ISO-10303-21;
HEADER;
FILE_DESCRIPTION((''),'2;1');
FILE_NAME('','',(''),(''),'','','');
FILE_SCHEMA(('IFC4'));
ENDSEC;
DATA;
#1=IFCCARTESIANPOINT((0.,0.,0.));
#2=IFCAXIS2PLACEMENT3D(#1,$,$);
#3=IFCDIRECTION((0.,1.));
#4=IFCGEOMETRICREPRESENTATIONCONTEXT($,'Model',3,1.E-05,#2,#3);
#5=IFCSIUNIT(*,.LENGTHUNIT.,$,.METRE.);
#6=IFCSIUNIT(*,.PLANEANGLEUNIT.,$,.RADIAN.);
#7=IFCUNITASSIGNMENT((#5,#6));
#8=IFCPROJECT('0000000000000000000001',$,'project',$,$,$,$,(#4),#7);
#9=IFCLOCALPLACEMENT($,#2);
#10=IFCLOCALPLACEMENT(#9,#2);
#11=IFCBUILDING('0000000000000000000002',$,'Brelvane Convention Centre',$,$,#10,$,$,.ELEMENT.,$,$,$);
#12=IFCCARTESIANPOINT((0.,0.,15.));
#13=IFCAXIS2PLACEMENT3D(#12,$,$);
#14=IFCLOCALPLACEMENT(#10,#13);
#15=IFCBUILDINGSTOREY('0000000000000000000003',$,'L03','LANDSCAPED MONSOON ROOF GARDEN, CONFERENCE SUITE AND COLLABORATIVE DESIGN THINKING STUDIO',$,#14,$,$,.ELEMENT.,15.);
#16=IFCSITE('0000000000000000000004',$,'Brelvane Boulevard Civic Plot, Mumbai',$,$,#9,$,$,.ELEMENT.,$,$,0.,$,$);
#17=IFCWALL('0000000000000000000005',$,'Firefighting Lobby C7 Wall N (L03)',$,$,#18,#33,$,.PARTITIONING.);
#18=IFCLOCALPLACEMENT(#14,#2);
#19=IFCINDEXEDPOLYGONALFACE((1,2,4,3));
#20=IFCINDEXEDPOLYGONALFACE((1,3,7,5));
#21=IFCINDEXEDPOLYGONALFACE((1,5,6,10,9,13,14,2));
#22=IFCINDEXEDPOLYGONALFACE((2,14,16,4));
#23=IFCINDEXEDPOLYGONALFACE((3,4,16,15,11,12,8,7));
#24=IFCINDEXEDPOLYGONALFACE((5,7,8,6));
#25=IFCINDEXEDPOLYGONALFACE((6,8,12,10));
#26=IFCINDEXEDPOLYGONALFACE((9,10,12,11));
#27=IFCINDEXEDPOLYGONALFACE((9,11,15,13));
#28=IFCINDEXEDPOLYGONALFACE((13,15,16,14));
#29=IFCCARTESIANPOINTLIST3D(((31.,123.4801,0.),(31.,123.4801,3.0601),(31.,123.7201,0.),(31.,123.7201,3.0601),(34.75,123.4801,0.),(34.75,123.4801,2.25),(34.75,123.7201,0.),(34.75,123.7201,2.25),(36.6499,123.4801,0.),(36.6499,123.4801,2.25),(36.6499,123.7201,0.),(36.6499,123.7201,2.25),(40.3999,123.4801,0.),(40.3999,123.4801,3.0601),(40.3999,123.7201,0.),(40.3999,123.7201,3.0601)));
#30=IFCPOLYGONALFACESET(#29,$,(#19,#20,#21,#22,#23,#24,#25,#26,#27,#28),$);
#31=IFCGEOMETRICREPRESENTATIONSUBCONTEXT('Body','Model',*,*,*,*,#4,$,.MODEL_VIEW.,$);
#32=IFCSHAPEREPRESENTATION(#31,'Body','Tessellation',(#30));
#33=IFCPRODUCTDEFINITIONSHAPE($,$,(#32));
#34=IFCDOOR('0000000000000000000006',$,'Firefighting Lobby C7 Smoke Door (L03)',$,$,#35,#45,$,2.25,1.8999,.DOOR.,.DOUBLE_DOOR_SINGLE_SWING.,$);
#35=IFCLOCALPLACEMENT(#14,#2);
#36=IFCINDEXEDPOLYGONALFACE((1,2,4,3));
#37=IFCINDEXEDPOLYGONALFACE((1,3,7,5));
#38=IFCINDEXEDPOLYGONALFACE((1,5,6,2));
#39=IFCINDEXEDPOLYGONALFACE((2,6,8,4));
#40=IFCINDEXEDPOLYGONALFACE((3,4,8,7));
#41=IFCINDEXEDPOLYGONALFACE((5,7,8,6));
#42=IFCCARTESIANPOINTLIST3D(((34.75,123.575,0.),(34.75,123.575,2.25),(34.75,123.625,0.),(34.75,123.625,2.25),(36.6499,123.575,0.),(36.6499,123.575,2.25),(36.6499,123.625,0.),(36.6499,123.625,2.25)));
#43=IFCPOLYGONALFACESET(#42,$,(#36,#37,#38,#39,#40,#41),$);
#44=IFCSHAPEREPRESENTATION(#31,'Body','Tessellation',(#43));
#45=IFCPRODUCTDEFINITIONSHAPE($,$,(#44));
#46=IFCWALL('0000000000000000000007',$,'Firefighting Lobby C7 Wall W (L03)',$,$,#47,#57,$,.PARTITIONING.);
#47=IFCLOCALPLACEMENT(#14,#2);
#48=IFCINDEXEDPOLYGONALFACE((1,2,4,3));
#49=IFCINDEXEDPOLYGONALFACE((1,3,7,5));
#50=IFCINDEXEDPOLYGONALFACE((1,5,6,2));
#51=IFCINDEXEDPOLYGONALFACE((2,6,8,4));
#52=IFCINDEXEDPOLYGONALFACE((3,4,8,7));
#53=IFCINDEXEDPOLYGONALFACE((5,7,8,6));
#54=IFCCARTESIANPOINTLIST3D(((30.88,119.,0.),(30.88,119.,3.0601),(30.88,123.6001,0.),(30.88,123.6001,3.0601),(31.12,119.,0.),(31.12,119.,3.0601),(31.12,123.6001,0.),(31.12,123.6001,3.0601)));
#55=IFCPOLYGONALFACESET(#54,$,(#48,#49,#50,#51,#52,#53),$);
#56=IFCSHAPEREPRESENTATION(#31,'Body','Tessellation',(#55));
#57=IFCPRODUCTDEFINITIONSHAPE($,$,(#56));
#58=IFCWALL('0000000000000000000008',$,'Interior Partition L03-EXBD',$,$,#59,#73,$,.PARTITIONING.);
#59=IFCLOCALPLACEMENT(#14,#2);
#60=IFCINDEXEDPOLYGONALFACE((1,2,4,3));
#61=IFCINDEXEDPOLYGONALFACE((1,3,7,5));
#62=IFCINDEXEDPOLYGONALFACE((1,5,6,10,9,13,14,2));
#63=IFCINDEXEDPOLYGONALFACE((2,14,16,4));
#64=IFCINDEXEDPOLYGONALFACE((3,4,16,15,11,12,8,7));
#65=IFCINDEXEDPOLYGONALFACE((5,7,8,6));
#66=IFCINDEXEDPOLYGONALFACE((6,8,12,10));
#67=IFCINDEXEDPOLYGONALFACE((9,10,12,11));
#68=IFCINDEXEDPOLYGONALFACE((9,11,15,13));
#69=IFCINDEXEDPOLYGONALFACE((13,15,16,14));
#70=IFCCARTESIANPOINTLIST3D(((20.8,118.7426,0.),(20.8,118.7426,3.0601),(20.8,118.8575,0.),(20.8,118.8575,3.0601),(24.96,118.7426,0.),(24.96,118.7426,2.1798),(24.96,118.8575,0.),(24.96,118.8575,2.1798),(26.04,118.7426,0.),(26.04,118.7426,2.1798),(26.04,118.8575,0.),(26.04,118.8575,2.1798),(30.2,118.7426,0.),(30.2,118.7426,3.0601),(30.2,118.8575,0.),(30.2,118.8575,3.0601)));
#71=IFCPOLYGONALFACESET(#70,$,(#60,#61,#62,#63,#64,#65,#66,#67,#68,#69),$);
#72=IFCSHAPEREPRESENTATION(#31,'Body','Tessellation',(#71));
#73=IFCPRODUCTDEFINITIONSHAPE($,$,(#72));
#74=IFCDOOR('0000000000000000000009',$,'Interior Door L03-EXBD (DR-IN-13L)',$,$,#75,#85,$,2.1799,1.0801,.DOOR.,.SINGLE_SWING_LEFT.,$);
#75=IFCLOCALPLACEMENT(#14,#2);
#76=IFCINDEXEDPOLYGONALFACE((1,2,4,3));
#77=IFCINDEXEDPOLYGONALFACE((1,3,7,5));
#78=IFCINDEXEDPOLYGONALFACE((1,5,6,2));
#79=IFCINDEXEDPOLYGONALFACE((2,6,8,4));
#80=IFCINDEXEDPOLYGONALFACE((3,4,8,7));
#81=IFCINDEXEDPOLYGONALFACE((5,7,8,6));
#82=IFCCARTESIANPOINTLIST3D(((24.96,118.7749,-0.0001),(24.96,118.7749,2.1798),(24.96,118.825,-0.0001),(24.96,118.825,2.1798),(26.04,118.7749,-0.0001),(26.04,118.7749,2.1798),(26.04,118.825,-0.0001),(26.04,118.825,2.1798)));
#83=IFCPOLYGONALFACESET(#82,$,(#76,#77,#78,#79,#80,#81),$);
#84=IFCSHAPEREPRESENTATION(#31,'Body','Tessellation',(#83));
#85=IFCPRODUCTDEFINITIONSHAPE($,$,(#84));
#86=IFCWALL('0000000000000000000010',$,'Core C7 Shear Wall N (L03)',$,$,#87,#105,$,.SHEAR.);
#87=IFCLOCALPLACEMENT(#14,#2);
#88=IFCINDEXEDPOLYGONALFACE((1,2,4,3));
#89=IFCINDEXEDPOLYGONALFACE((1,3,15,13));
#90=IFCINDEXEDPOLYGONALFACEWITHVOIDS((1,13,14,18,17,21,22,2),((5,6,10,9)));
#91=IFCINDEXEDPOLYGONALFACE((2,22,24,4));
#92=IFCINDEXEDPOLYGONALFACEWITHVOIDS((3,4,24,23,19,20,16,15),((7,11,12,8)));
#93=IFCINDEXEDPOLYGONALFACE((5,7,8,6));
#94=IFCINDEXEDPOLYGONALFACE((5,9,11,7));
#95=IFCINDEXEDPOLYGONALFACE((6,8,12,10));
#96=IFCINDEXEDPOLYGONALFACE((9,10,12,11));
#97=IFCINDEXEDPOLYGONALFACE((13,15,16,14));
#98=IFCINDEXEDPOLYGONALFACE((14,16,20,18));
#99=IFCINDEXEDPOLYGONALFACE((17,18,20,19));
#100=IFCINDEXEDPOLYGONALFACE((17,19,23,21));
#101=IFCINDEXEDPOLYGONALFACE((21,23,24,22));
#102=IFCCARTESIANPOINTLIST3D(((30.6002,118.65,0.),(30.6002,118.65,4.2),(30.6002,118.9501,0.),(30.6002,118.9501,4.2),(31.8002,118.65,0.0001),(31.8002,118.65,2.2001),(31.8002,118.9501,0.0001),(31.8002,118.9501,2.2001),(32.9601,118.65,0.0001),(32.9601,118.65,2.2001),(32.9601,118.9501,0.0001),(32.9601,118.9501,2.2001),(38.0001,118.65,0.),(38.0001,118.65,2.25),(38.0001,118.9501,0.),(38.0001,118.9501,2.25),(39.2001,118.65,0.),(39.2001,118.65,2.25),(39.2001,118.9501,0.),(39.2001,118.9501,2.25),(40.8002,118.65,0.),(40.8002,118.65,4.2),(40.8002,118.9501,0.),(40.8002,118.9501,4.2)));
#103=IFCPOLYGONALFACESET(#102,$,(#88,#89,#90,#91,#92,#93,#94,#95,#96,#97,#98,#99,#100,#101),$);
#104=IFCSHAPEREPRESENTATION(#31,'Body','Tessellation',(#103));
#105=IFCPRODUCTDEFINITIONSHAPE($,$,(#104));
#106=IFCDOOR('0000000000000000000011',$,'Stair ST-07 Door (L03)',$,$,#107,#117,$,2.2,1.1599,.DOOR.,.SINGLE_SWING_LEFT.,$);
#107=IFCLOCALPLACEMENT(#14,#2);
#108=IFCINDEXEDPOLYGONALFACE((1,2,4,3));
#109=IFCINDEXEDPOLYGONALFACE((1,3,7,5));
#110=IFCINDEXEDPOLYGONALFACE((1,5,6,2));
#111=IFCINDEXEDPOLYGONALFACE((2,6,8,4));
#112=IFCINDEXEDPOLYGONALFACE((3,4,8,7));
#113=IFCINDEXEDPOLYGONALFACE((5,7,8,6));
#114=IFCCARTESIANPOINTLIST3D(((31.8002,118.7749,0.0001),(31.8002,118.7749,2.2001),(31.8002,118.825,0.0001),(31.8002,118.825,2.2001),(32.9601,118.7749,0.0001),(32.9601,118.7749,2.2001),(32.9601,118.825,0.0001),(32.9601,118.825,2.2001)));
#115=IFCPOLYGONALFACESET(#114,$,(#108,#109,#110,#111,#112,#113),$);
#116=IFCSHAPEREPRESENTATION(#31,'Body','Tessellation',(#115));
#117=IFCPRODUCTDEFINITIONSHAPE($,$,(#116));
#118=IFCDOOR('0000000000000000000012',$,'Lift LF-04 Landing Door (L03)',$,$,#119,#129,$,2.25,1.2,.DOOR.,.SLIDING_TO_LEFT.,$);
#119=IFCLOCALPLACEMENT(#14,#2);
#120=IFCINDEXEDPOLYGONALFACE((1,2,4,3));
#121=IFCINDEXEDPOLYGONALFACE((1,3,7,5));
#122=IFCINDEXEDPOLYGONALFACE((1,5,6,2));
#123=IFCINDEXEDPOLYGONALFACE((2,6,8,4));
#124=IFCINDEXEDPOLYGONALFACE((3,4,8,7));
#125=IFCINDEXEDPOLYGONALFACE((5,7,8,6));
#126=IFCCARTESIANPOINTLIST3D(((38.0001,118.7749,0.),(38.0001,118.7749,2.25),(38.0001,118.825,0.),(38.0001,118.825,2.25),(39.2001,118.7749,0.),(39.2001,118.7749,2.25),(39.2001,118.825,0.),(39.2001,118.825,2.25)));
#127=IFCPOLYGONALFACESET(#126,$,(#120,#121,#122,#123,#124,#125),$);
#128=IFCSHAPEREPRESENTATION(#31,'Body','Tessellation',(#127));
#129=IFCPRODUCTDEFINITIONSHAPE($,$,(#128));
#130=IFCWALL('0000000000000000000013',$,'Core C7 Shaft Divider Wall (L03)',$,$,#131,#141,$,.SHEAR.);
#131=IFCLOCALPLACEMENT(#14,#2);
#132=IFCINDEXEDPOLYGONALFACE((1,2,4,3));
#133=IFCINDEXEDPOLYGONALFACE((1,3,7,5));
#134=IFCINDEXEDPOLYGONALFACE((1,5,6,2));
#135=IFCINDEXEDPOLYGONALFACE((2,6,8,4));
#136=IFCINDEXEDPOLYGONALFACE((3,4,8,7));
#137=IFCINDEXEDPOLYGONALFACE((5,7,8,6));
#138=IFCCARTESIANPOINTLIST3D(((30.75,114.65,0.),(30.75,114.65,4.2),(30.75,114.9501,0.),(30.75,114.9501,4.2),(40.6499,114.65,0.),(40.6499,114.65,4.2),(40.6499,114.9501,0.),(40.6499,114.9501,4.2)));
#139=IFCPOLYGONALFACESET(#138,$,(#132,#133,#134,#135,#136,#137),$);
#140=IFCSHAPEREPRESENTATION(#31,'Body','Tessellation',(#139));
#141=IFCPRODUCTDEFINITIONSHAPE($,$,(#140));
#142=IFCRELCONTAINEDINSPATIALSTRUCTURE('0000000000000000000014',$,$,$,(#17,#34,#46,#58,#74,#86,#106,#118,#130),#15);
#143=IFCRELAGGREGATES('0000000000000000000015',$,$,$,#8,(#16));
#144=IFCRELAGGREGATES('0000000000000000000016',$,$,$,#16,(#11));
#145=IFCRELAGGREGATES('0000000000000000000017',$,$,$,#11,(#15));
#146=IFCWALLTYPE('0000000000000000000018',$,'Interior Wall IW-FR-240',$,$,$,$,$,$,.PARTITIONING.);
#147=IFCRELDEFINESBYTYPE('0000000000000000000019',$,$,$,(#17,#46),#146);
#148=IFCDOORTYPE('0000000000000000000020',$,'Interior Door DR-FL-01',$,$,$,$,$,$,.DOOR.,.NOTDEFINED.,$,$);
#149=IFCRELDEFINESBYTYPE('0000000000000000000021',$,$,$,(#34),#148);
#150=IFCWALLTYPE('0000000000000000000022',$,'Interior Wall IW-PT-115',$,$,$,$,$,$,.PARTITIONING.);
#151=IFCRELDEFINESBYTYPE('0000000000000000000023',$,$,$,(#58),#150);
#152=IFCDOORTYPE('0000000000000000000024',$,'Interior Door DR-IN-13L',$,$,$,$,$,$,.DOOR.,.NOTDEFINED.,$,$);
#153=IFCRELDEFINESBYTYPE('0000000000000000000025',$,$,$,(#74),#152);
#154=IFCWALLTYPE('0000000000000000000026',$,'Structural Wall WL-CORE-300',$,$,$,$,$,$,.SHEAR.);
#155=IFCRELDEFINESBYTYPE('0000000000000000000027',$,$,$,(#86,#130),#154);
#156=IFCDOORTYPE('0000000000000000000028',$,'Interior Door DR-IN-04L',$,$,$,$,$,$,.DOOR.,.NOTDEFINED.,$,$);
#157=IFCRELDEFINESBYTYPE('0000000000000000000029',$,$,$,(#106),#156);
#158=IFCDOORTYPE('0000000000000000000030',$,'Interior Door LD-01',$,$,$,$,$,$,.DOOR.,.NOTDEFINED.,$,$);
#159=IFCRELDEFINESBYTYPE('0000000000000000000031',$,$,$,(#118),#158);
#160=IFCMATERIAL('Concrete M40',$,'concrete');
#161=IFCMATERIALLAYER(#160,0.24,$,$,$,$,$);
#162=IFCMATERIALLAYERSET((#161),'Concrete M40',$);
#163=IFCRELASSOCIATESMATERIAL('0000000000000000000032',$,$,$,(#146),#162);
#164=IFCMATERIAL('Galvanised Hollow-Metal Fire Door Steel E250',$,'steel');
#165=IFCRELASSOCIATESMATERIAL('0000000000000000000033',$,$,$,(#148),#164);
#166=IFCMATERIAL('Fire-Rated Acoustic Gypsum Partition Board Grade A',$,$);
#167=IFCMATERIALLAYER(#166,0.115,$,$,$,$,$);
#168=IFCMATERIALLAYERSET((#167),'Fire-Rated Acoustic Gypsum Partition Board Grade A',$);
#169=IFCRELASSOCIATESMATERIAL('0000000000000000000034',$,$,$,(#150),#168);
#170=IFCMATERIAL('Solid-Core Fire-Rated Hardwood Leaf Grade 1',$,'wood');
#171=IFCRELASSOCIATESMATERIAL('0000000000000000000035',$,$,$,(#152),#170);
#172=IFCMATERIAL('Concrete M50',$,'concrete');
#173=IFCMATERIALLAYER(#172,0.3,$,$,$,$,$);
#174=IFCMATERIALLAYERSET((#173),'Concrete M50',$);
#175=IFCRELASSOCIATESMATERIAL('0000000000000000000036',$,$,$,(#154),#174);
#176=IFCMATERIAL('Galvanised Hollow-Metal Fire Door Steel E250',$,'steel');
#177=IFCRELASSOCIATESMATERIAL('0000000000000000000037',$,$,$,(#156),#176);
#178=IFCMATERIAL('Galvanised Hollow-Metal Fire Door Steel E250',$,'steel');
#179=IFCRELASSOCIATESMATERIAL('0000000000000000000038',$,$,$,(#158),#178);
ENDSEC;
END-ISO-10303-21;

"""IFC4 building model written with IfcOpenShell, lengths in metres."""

from ifc_helpers import new_model, si_unit, direction, frame, frame_2d, origin, place, context, subcontext, project, spatial, rectangle, extrude, material, layer, layer_set, type_object, element, fill, save


model = new_model("IFC4")

# Units and contexts
model_context = context("Model", 3, precision=1e-05, world=origin(), true_north=direction((0.0, 1.0)))
body_context = subcontext(model_context, "Body", "Model", "MODEL_VIEW")
ifc_project = project(units=[si_unit("LENGTHUNIT", "METRE"), si_unit("PLANEANGLEUNIT", "RADIAN")], contexts=[model_context])

# Site, building, storey
site_placement = place(None, origin())
site = spatial("IfcSite", under=ifc_project, at=site_placement, Name="Brelvane Boulevard Civic Plot, Mumbai", CompositionType="ELEMENT", RefElevation=0.0)
building_placement = place(site_placement, origin())
building = spatial("IfcBuilding", under=site, at=building_placement, Name="Brelvane Convention Centre", CompositionType="ELEMENT")
storey_placement = place(building_placement, frame((0.0, 0.0, 15.0)))
storey = spatial("IfcBuildingStorey", under=building, at=storey_placement, Name="L03", Description="LANDSCAPED MONSOON ROOF GARDEN, CONFERENCE SUITE AND COLLABORATIVE DESIGN THINKING STUDIO", CompositionType="ELEMENT", Elevation=15.0)

# Wall, opening, door
ifc_material_1 = material(Name="Concrete M40", Category="concrete")
ifc_layer_1 = layer(ifc_material_1, 0.24)
ifc_layer_set_1 = layer_set([ifc_layer_1], Name="Concrete M40")
wall_type_1 = type_object("IfcWallType", Name="Interior Wall IW-FR-240", PredefinedType="PARTITIONING", material=ifc_layer_set_1)
wall_1_placement = place(storey_placement, frame((31.0, 123.6001, 0.0), z_axis=(0.0, 0.0, 1.0), x_axis=(1.0, 0.0, 0.0)))
wall_1 = element("IfcWall", 1, at=wall_1_placement, inside=storey, type_object=wall_type_1, Name="Firefighting Lobby C7 Wall N (L03)", PredefinedType="PARTITIONING", context=body_context, shape_type="SweptSolid", body=[
    extrude(rectangle(XDim=9.3999, YDim=0.24, at=frame_2d((4.7, 0.0))), origin(), (0.0, 0.0, 1.0), 3.0601),
])
opening_1_placement = place(wall_1_placement, frame((3.75, 0.0, 0.0)))
opening_1 = element("IfcOpeningElement", 2, at=opening_1_placement, cuts=wall_1, PredefinedType="OPENING", context=body_context, shape_type="SweptSolid", body=[
    extrude(rectangle(XDim=1.8999, YDim=2.25, at=frame_2d((0.95, 1.125))), frame((0.0, 0.1299, 0.0), z_axis=(0.0, -1.0, 0.0), x_axis=(1.0, 0.0, 0.0)), (0.0, 0.0, 1.0), 0.26),
])
ifc_material_2 = material(Name="Galvanised Hollow-Metal Fire Door Steel E250", Category="steel")
door_type_1 = type_object("IfcDoorType", Name="Interior Door DR-FL-01", OperationType="NOTDEFINED", PredefinedType="DOOR", material=ifc_material_2)
door_1_placement = place(opening_1_placement, origin())
door_1 = element("IfcDoor", 3, at=door_1_placement, inside=storey, type_object=door_type_1, Name="Firefighting Lobby C7 Smoke Door (L03)", OperationType="DOUBLE_DOOR_SINGLE_SWING", OverallHeight=2.25, OverallWidth=1.8999, PredefinedType="DOOR", context=body_context, shape_type="SweptSolid", body=[
    extrude(rectangle(XDim=1.8999, YDim=2.25, at=frame_2d((0.95, 1.125))), frame((0.0, 0.0249, 0.0), z_axis=(0.0, -1.0, 0.0), x_axis=(1.0, 0.0, 0.0)), (0.0, 0.0, 1.0), 0.05),
])
fill(opening_1, door_1)

# Wall
wall_2_placement = place(storey_placement, frame((31.0, 119.0, 0.0), z_axis=(0.0, 0.0, 1.0), x_axis=(0.0, 1.0, 0.0)))
element("IfcWall", 4, at=wall_2_placement, inside=storey, type_object=wall_type_1, Name="Firefighting Lobby C7 Wall W (L03)", PredefinedType="PARTITIONING", context=body_context, shape_type="SweptSolid", body=[
    extrude(rectangle(XDim=4.6001, YDim=0.24, at=frame_2d((2.3, 0.0))), origin(), (0.0, 0.0, 1.0), 3.0601),
])

# Wall, opening, door
ifc_material_3 = material(Name="Fire-Rated Acoustic Gypsum Partition Board Grade A")
ifc_layer_2 = layer(ifc_material_3, 0.115)
ifc_layer_set_2 = layer_set([ifc_layer_2], Name="Fire-Rated Acoustic Gypsum Partition Board Grade A")
wall_type_2 = type_object("IfcWallType", Name="Interior Wall IW-PT-115", PredefinedType="PARTITIONING", material=ifc_layer_set_2)
wall_3_placement = place(storey_placement, frame((20.8, 118.8, 0.0), z_axis=(0.0, 0.0, 1.0), x_axis=(1.0, 0.0, 0.0)))
wall_3 = element("IfcWall", 5, at=wall_3_placement, inside=storey, type_object=wall_type_2, Name="Interior Partition L03-EXBD", PredefinedType="PARTITIONING", context=body_context, shape_type="SweptSolid", body=[
    extrude(rectangle(XDim=9.3999, YDim=0.115, at=frame_2d((4.7, 0.0))), origin(), (0.0, 0.0, 1.0), 3.0601),
])
opening_2_placement = place(wall_3_placement, frame((4.1599, 0.0, 0.0)))
opening_2 = element("IfcOpeningElement", 6, at=opening_2_placement, cuts=wall_3, PredefinedType="OPENING", context=body_context, shape_type="SweptSolid", body=[
    extrude(rectangle(XDim=1.0801, YDim=2.1799, at=frame_2d((0.54, 1.0898))), frame((0.0, 0.0674, 0.0), z_axis=(0.0, -1.0, 0.0), x_axis=(1.0, 0.0, 0.0)), (0.0, 0.0, 1.0), 0.135),
])
ifc_material_4 = material(Name="Solid-Core Fire-Rated Hardwood Leaf Grade 1", Category="wood")
door_type_2 = type_object("IfcDoorType", Name="Interior Door DR-IN-13L", OperationType="NOTDEFINED", PredefinedType="DOOR", material=ifc_material_4)
door_2_placement = place(opening_2_placement, origin())
door_2 = element("IfcDoor", 7, at=door_2_placement, inside=storey, type_object=door_type_2, Name="Interior Door L03-EXBD (DR-IN-13L)", OperationType="SINGLE_SWING_LEFT", OverallHeight=2.1799, OverallWidth=1.0801, PredefinedType="DOOR", context=body_context, shape_type="SweptSolid", body=[
    extrude(rectangle(XDim=1.0801, YDim=2.1799, at=frame_2d((0.54, 1.0898))), frame((0.0, 0.0249, 0.0), z_axis=(0.0, -1.0, 0.0), x_axis=(1.0, 0.0, 0.0)), (0.0, 0.0, 1.0), 0.05),
])
fill(opening_2, door_2)

# Wall, openings, doors
ifc_material_5 = material(Name="Concrete M50", Category="concrete")
ifc_layer_3 = layer(ifc_material_5, 0.3)
ifc_layer_set_3 = layer_set([ifc_layer_3], Name="Concrete M50")
wall_type_3 = type_object("IfcWallType", Name="Structural Wall WL-CORE-300", PredefinedType="SHEAR", material=ifc_layer_set_3)
wall_4_placement = place(storey_placement, frame((30.6001, 118.8, 0.0), z_axis=(0.0, 0.0, 1.0), x_axis=(1.0, 0.0, 0.0)))
wall_4 = element("IfcWall", 8, at=wall_4_placement, inside=storey, type_object=wall_type_3, Name="Core C7 Shear Wall N (L03)", PredefinedType="SHEAR", context=body_context, shape_type="SweptSolid", body=[
    extrude(rectangle(XDim=10.2, YDim=0.3, at=frame_2d((5.1001, 0.0))), origin(), (0.0, 0.0, 1.0), 4.2),
])
opening_3_placement = place(wall_4_placement, frame((1.2, 0.0, 0.0)))
opening_3 = element("IfcOpeningElement", 9, at=opening_3_placement, cuts=wall_4, PredefinedType="OPENING", context=body_context, shape_type="SweptSolid", body=[
    extrude(rectangle(XDim=1.1599, YDim=2.2, at=frame_2d((0.5801, 1.1001))), frame((0.0, 0.1599, 0.0), z_axis=(0.0, -1.0, 0.0), x_axis=(1.0, 0.0, 0.0)), (0.0, 0.0, 1.0), 0.3201),
])
opening_4_placement = place(wall_4_placement, frame((7.3999, 0.0, 0.0)))
opening_4 = element("IfcOpeningElement", 10, at=opening_4_placement, cuts=wall_4, PredefinedType="OPENING", context=body_context, shape_type="SweptSolid", body=[
    extrude(rectangle(XDim=1.2, YDim=2.25, at=frame_2d((0.6001, 1.125))), frame((0.0, 0.1599, 0.0), z_axis=(0.0, -1.0, 0.0), x_axis=(1.0, 0.0, 0.0)), (0.0, 0.0, 1.0), 0.3201),
])
ifc_material_6 = material(Name="Galvanised Hollow-Metal Fire Door Steel E250", Category="steel")
door_type_3 = type_object("IfcDoorType", Name="Interior Door DR-IN-04L", OperationType="NOTDEFINED", PredefinedType="DOOR", material=ifc_material_6)
door_3_placement = place(opening_3_placement, origin())
door_3 = element("IfcDoor", 11, at=door_3_placement, inside=storey, type_object=door_type_3, Name="Stair ST-07 Door (L03)", OperationType="SINGLE_SWING_LEFT", OverallHeight=2.2, OverallWidth=1.1599, PredefinedType="DOOR", context=body_context, shape_type="SweptSolid", body=[
    extrude(rectangle(XDim=1.1599, YDim=2.2, at=frame_2d((0.5801, 1.1001))), frame((0.0, 0.0249, 0.0), z_axis=(0.0, -1.0, 0.0), x_axis=(1.0, 0.0, 0.0)), (0.0, 0.0, 1.0), 0.05),
])
fill(opening_3, door_3)
ifc_material_7 = material(Name="Galvanised Hollow-Metal Fire Door Steel E250", Category="steel")
door_type_4 = type_object("IfcDoorType", Name="Interior Door LD-01", OperationType="NOTDEFINED", PredefinedType="DOOR", material=ifc_material_7)
door_4_placement = place(opening_4_placement, origin())
door_4 = element("IfcDoor", 12, at=door_4_placement, inside=storey, type_object=door_type_4, Name="Lift LF-04 Landing Door (L03)", OperationType="SLIDING_TO_LEFT", OverallHeight=2.25, OverallWidth=1.2, PredefinedType="DOOR", context=body_context, shape_type="SweptSolid", body=[
    extrude(rectangle(XDim=1.2, YDim=2.25, at=frame_2d((0.6001, 1.125))), frame((0.0, 0.0249, 0.0), z_axis=(0.0, -1.0, 0.0), x_axis=(1.0, 0.0, 0.0)), (0.0, 0.0, 1.0), 0.05),
])
fill(opening_4, door_4)

# Wall
wall_5_placement = place(storey_placement, frame((30.75, 114.8, 0.0), z_axis=(0.0, 0.0, 1.0), x_axis=(1.0, 0.0, 0.0)))
element("IfcWall", 13, at=wall_5_placement, inside=storey, type_object=wall_type_3, Name="Core C7 Shaft Divider Wall (L03)", PredefinedType="SHEAR", context=body_context, shape_type="SweptSolid", body=[
    extrude(rectangle(XDim=9.8999, YDim=0.3, at=frame_2d((4.95, 0.0))), origin(), (0.0, 0.0, 1.0), 4.2),
])

save(model, "model.ifc")
